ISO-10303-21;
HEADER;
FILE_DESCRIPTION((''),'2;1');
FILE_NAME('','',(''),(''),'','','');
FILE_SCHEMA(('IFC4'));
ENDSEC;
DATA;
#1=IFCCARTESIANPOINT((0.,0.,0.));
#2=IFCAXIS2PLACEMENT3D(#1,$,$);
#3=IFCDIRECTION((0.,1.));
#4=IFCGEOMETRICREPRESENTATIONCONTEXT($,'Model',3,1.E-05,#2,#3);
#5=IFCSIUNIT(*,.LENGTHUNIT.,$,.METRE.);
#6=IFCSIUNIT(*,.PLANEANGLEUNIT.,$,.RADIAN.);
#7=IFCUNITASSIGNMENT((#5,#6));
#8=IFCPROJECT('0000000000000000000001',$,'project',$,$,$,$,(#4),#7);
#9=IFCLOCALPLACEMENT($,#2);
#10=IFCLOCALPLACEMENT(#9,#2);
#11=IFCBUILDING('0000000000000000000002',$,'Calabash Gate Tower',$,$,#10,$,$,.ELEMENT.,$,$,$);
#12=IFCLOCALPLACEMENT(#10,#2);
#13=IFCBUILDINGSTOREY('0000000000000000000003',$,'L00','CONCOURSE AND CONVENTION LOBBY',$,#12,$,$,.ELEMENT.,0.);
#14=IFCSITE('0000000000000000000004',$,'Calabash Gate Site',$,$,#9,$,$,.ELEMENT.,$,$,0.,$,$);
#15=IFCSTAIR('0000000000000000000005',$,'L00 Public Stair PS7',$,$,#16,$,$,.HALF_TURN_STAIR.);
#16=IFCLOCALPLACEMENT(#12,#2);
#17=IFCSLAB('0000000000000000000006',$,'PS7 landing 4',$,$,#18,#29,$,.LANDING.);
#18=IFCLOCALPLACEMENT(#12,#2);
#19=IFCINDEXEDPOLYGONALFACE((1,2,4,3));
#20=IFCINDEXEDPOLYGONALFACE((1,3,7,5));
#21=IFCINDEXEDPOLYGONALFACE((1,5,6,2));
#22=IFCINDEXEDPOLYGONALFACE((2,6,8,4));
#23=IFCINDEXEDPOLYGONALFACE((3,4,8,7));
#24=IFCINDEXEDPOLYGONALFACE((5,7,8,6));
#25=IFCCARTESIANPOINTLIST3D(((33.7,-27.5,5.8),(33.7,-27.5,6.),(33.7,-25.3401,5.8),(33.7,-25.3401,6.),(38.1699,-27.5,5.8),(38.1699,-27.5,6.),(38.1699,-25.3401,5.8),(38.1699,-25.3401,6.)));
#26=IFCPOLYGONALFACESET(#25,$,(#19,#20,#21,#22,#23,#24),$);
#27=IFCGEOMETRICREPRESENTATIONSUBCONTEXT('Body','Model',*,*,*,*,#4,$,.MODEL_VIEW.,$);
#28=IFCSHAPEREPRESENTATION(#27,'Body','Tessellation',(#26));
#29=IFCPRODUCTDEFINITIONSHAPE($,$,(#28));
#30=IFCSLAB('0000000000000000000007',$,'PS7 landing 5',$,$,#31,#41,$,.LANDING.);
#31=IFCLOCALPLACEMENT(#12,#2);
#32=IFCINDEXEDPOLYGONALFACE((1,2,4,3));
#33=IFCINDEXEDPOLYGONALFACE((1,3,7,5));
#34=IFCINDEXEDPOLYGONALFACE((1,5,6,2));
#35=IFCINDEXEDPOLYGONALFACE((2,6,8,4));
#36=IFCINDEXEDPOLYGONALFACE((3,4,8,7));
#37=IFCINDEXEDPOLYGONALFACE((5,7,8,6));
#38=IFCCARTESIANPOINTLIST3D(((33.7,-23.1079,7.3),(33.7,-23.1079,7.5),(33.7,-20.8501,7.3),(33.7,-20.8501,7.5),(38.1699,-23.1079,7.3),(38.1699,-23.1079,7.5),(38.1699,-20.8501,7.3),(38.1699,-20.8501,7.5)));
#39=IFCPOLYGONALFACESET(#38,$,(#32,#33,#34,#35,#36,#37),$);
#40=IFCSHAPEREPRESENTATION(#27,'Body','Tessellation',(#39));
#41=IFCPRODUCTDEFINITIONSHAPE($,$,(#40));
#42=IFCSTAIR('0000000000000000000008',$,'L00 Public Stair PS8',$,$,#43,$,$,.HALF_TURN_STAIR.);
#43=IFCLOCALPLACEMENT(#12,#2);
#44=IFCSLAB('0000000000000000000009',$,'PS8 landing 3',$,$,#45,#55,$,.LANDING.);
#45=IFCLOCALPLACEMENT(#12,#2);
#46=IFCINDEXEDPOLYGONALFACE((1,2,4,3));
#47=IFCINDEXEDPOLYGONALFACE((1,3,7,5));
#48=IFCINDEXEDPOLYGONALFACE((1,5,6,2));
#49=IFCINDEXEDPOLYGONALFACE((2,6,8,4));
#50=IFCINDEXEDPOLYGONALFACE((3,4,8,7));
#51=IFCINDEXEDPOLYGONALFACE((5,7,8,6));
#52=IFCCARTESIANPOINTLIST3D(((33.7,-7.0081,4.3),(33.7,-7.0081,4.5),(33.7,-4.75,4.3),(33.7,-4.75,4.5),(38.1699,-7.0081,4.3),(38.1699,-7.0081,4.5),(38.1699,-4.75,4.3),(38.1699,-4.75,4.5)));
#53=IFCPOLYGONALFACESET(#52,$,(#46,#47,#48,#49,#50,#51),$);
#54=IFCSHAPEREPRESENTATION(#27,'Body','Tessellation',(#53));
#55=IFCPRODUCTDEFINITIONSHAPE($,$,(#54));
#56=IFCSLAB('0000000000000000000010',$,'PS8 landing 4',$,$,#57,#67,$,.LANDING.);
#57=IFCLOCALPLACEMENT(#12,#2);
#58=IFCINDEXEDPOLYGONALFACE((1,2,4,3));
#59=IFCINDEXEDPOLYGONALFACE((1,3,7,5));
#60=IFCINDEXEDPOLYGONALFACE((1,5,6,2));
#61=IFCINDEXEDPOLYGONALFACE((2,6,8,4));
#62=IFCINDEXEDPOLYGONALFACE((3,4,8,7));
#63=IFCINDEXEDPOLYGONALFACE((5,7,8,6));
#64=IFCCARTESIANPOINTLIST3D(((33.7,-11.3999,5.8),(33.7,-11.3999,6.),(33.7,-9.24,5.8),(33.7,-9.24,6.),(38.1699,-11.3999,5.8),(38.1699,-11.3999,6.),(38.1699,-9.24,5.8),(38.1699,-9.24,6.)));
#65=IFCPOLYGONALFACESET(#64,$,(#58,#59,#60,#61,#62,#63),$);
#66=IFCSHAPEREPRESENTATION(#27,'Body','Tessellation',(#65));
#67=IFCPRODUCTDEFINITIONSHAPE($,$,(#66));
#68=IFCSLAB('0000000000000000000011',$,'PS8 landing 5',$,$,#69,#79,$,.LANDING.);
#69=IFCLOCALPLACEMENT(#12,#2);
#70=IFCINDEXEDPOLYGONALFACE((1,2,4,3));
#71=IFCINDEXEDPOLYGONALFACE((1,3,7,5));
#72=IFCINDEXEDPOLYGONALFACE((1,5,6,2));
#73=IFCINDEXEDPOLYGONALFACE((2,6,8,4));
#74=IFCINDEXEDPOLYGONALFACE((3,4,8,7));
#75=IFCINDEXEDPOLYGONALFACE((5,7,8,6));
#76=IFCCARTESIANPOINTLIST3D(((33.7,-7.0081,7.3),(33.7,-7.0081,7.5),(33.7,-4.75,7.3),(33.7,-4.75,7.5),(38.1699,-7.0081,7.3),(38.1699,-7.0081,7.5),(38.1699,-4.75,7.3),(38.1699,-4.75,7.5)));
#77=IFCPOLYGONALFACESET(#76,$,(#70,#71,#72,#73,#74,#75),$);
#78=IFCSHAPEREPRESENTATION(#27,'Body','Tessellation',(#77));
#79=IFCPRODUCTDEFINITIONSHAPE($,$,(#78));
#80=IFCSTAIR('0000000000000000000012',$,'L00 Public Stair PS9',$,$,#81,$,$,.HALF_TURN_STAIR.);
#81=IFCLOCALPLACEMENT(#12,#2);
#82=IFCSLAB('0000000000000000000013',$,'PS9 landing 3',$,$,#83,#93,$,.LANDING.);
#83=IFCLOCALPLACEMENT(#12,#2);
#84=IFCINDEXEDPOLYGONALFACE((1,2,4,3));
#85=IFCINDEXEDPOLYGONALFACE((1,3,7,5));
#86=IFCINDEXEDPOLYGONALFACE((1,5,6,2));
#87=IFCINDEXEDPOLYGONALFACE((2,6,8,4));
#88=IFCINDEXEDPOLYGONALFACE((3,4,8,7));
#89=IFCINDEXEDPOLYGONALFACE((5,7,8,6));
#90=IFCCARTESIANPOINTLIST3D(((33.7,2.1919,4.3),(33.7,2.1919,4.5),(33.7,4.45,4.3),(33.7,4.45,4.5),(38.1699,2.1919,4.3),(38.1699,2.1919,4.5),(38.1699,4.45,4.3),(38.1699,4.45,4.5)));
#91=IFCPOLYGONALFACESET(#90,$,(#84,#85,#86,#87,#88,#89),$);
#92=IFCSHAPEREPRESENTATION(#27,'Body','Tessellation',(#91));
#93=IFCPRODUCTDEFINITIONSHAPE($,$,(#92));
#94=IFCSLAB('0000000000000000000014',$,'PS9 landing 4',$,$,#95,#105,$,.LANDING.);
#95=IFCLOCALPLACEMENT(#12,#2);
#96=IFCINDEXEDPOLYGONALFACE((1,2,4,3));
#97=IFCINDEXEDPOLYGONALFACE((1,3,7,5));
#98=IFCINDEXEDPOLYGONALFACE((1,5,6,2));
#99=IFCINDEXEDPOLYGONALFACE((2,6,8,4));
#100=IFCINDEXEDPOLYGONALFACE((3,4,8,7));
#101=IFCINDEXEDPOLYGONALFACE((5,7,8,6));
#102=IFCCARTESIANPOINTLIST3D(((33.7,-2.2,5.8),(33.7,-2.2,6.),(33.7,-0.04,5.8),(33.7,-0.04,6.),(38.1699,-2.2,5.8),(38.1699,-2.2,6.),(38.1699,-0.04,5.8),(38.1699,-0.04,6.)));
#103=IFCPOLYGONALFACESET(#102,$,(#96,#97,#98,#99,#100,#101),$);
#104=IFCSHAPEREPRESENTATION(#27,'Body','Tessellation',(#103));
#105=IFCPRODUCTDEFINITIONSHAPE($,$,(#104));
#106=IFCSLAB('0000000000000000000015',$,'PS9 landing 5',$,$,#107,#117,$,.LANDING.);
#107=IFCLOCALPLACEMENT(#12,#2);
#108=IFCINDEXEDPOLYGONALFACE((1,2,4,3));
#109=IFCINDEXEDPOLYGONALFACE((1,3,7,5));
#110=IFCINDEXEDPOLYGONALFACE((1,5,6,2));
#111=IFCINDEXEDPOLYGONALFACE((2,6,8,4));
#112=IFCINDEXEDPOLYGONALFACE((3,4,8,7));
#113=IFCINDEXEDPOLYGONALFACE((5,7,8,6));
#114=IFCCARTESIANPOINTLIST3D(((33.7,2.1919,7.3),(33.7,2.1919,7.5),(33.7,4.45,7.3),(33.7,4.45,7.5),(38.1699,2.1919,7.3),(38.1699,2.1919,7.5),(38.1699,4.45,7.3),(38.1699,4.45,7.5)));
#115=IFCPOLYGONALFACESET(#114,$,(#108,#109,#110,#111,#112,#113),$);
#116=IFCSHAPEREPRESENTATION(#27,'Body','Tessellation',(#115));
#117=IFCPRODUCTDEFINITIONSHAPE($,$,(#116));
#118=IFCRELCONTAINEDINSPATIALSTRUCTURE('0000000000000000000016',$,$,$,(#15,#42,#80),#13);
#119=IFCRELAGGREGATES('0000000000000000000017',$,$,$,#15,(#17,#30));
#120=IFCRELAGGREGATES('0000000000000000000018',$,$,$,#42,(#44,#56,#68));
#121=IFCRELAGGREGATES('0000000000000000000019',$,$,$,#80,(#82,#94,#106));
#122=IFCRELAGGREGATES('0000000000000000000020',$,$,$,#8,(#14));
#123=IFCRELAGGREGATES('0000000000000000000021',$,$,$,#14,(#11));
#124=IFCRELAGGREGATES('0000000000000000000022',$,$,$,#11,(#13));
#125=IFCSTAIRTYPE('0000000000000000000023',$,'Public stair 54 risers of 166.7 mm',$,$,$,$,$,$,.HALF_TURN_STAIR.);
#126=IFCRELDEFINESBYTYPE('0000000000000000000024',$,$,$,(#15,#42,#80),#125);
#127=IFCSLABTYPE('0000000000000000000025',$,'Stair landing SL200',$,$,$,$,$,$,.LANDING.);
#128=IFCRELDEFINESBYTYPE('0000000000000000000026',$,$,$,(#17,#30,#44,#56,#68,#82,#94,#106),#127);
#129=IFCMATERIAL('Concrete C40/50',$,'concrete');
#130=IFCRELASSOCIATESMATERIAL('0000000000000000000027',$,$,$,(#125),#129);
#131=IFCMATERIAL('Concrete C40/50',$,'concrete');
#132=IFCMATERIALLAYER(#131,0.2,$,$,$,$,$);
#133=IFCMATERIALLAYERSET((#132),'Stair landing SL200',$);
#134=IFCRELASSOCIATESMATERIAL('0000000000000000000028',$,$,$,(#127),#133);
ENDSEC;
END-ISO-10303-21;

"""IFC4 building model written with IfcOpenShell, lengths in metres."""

from ifc_helpers import new_model, si_unit, direction, frame, origin, place, context, subcontext, project, spatial, polyline, outline, extrude, material, layer, layer_set, type_object, element, aggregate, save


model = new_model("IFC4")

# Units and contexts
model_context = context("Model", 3, precision=1e-05, world=origin(), true_north=direction((0.0, 1.0)))
body_context = subcontext(model_context, "Body", "Model", "MODEL_VIEW")
ifc_project = project(units=[si_unit("LENGTHUNIT", "METRE"), si_unit("PLANEANGLEUNIT", "RADIAN")], contexts=[model_context])

# Site, building, storey
site_placement = place(None, origin())
site = spatial("IfcSite", under=ifc_project, at=site_placement, Name="Calabash Gate Site", CompositionType="ELEMENT", RefElevation=0.0)
building_placement = place(site_placement, origin())
building = spatial("IfcBuilding", under=site, at=building_placement, Name="Calabash Gate Tower", CompositionType="ELEMENT")
storey_placement = place(building_placement, origin())
storey = spatial("IfcBuildingStorey", under=building, at=storey_placement, Name="L00", Description="CONCOURSE AND CONVENTION LOBBY", CompositionType="ELEMENT", Elevation=0.0)

# Stairs, slabs
ifc_material_1 = material(Name="Concrete C40/50", Category="concrete")
stair_type = type_object("IfcStairType", Name="Public stair 54 risers of 166.7 mm", PredefinedType="HALF_TURN_STAIR", material=ifc_material_1)
ifc_material_2 = material(Name="Concrete C40/50", Category="concrete")
ifc_layer = layer(ifc_material_2, 0.2)
ifc_layer_set = layer_set([ifc_layer], Name="Stair landing SL200")
slab_type = type_object("IfcSlabType", Name="Stair landing SL200", PredefinedType="LANDING", material=ifc_layer_set)
stair_1_placement = place(storey_placement, origin())
stair_1 = element("IfcStair", 1, at=stair_1_placement, inside=storey, type_object=stair_type, Name="L00 Public Stair PS7", PredefinedType="HALF_TURN_STAIR")
slab_1_placement = place(storey_placement, frame((0.0, 0.0, 5.8)))
slab_1 = element("IfcSlab", 2, at=slab_1_placement, type_object=slab_type, Name="PS7 landing 4", PredefinedType="LANDING", context=body_context, shape_type="SweptSolid", body=[
    extrude(outline(polyline([(38.1699, -27.5), (38.1699, -25.3401), (33.7, -25.3401), (33.7, -27.5), (38.1699, -27.5)])), origin(), (0.0, 0.0, 1.0), 0.2),
])
slab_2_placement = place(storey_placement, frame((0.0, 0.0, 7.3)))
slab_2 = element("IfcSlab", 3, at=slab_2_placement, type_object=slab_type, Name="PS7 landing 5", PredefinedType="LANDING", context=body_context, shape_type="SweptSolid", body=[
    extrude(outline(polyline([(38.1699, -23.1079), (38.1699, -20.8501), (33.7, -20.8501), (33.7, -23.1079), (38.1699, -23.1079)])), origin(), (0.0, 0.0, 1.0), 0.2),
])
aggregate(stair_1, [slab_1, slab_2])
stair_2_placement = place(storey_placement, origin())
stair_2 = element("IfcStair", 4, at=stair_2_placement, inside=storey, type_object=stair_type, Name="L00 Public Stair PS8", PredefinedType="HALF_TURN_STAIR")
slab_3_placement = place(storey_placement, frame((0.0, 0.0, 4.3)))
slab_3 = element("IfcSlab", 5, at=slab_3_placement, type_object=slab_type, Name="PS8 landing 3", PredefinedType="LANDING", context=body_context, shape_type="SweptSolid", body=[
    extrude(outline(polyline([(38.1699, -7.0081), (38.1699, -4.75), (33.7, -4.75), (33.7, -7.0081), (38.1699, -7.0081)])), origin(), (0.0, 0.0, 1.0), 0.2),
])
slab_4_placement = place(storey_placement, frame((0.0, 0.0, 5.8)))
slab_4 = element("IfcSlab", 6, at=slab_4_placement, type_object=slab_type, Name="PS8 landing 4", PredefinedType="LANDING", context=body_context, shape_type="SweptSolid", body=[
    extrude(outline(polyline([(38.1699, -11.3999), (38.1699, -9.24), (33.7, -9.24), (33.7, -11.3999), (38.1699, -11.3999)])), origin(), (0.0, 0.0, 1.0), 0.2),
])
slab_5_placement = place(storey_placement, frame((0.0, 0.0, 7.3)))
slab_5 = element("IfcSlab", 7, at=slab_5_placement, type_object=slab_type, Name="PS8 landing 5", PredefinedType="LANDING", context=body_context, shape_type="SweptSolid", body=[
    extrude(outline(polyline([(38.1699, -7.0081), (38.1699, -4.75), (33.7, -4.75), (33.7, -7.0081), (38.1699, -7.0081)])), origin(), (0.0, 0.0, 1.0), 0.2),
])
aggregate(stair_2, [slab_3, slab_4, slab_5])
stair_3_placement = place(storey_placement, origin())
stair_3 = element("IfcStair", 8, at=stair_3_placement, inside=storey, type_object=stair_type, Name="L00 Public Stair PS9", PredefinedType="HALF_TURN_STAIR")
slab_6_placement = place(storey_placement, frame((0.0, 0.0, 4.3)))
slab_6 = element("IfcSlab", 9, at=slab_6_placement, type_object=slab_type, Name="PS9 landing 3", PredefinedType="LANDING", context=body_context, shape_type="SweptSolid", body=[
    extrude(outline(polyline([(38.1699, 2.1919), (38.1699, 4.45), (33.7, 4.45), (33.7, 2.1919), (38.1699, 2.1919)])), origin(), (0.0, 0.0, 1.0), 0.2),
])
slab_7_placement = place(storey_placement, frame((0.0, 0.0, 5.8)))
slab_7 = element("IfcSlab", 10, at=slab_7_placement, type_object=slab_type, Name="PS9 landing 4", PredefinedType="LANDING", context=body_context, shape_type="SweptSolid", body=[
    extrude(outline(polyline([(38.1699, -2.2), (38.1699, -0.04), (33.7, -0.04), (33.7, -2.2), (38.1699, -2.2)])), origin(), (0.0, 0.0, 1.0), 0.2),
])
slab_8_placement = place(storey_placement, frame((0.0, 0.0, 7.3)))
slab_8 = element("IfcSlab", 11, at=slab_8_placement, type_object=slab_type, Name="PS9 landing 5", PredefinedType="LANDING", context=body_context, shape_type="SweptSolid", body=[
    extrude(outline(polyline([(38.1699, 2.1919), (38.1699, 4.45), (33.7, 4.45), (33.7, 2.1919), (38.1699, 2.1919)])), origin(), (0.0, 0.0, 1.0), 0.2),
])
aggregate(stair_3, [slab_6, slab_7, slab_8])

save(model, "model.ifc")
